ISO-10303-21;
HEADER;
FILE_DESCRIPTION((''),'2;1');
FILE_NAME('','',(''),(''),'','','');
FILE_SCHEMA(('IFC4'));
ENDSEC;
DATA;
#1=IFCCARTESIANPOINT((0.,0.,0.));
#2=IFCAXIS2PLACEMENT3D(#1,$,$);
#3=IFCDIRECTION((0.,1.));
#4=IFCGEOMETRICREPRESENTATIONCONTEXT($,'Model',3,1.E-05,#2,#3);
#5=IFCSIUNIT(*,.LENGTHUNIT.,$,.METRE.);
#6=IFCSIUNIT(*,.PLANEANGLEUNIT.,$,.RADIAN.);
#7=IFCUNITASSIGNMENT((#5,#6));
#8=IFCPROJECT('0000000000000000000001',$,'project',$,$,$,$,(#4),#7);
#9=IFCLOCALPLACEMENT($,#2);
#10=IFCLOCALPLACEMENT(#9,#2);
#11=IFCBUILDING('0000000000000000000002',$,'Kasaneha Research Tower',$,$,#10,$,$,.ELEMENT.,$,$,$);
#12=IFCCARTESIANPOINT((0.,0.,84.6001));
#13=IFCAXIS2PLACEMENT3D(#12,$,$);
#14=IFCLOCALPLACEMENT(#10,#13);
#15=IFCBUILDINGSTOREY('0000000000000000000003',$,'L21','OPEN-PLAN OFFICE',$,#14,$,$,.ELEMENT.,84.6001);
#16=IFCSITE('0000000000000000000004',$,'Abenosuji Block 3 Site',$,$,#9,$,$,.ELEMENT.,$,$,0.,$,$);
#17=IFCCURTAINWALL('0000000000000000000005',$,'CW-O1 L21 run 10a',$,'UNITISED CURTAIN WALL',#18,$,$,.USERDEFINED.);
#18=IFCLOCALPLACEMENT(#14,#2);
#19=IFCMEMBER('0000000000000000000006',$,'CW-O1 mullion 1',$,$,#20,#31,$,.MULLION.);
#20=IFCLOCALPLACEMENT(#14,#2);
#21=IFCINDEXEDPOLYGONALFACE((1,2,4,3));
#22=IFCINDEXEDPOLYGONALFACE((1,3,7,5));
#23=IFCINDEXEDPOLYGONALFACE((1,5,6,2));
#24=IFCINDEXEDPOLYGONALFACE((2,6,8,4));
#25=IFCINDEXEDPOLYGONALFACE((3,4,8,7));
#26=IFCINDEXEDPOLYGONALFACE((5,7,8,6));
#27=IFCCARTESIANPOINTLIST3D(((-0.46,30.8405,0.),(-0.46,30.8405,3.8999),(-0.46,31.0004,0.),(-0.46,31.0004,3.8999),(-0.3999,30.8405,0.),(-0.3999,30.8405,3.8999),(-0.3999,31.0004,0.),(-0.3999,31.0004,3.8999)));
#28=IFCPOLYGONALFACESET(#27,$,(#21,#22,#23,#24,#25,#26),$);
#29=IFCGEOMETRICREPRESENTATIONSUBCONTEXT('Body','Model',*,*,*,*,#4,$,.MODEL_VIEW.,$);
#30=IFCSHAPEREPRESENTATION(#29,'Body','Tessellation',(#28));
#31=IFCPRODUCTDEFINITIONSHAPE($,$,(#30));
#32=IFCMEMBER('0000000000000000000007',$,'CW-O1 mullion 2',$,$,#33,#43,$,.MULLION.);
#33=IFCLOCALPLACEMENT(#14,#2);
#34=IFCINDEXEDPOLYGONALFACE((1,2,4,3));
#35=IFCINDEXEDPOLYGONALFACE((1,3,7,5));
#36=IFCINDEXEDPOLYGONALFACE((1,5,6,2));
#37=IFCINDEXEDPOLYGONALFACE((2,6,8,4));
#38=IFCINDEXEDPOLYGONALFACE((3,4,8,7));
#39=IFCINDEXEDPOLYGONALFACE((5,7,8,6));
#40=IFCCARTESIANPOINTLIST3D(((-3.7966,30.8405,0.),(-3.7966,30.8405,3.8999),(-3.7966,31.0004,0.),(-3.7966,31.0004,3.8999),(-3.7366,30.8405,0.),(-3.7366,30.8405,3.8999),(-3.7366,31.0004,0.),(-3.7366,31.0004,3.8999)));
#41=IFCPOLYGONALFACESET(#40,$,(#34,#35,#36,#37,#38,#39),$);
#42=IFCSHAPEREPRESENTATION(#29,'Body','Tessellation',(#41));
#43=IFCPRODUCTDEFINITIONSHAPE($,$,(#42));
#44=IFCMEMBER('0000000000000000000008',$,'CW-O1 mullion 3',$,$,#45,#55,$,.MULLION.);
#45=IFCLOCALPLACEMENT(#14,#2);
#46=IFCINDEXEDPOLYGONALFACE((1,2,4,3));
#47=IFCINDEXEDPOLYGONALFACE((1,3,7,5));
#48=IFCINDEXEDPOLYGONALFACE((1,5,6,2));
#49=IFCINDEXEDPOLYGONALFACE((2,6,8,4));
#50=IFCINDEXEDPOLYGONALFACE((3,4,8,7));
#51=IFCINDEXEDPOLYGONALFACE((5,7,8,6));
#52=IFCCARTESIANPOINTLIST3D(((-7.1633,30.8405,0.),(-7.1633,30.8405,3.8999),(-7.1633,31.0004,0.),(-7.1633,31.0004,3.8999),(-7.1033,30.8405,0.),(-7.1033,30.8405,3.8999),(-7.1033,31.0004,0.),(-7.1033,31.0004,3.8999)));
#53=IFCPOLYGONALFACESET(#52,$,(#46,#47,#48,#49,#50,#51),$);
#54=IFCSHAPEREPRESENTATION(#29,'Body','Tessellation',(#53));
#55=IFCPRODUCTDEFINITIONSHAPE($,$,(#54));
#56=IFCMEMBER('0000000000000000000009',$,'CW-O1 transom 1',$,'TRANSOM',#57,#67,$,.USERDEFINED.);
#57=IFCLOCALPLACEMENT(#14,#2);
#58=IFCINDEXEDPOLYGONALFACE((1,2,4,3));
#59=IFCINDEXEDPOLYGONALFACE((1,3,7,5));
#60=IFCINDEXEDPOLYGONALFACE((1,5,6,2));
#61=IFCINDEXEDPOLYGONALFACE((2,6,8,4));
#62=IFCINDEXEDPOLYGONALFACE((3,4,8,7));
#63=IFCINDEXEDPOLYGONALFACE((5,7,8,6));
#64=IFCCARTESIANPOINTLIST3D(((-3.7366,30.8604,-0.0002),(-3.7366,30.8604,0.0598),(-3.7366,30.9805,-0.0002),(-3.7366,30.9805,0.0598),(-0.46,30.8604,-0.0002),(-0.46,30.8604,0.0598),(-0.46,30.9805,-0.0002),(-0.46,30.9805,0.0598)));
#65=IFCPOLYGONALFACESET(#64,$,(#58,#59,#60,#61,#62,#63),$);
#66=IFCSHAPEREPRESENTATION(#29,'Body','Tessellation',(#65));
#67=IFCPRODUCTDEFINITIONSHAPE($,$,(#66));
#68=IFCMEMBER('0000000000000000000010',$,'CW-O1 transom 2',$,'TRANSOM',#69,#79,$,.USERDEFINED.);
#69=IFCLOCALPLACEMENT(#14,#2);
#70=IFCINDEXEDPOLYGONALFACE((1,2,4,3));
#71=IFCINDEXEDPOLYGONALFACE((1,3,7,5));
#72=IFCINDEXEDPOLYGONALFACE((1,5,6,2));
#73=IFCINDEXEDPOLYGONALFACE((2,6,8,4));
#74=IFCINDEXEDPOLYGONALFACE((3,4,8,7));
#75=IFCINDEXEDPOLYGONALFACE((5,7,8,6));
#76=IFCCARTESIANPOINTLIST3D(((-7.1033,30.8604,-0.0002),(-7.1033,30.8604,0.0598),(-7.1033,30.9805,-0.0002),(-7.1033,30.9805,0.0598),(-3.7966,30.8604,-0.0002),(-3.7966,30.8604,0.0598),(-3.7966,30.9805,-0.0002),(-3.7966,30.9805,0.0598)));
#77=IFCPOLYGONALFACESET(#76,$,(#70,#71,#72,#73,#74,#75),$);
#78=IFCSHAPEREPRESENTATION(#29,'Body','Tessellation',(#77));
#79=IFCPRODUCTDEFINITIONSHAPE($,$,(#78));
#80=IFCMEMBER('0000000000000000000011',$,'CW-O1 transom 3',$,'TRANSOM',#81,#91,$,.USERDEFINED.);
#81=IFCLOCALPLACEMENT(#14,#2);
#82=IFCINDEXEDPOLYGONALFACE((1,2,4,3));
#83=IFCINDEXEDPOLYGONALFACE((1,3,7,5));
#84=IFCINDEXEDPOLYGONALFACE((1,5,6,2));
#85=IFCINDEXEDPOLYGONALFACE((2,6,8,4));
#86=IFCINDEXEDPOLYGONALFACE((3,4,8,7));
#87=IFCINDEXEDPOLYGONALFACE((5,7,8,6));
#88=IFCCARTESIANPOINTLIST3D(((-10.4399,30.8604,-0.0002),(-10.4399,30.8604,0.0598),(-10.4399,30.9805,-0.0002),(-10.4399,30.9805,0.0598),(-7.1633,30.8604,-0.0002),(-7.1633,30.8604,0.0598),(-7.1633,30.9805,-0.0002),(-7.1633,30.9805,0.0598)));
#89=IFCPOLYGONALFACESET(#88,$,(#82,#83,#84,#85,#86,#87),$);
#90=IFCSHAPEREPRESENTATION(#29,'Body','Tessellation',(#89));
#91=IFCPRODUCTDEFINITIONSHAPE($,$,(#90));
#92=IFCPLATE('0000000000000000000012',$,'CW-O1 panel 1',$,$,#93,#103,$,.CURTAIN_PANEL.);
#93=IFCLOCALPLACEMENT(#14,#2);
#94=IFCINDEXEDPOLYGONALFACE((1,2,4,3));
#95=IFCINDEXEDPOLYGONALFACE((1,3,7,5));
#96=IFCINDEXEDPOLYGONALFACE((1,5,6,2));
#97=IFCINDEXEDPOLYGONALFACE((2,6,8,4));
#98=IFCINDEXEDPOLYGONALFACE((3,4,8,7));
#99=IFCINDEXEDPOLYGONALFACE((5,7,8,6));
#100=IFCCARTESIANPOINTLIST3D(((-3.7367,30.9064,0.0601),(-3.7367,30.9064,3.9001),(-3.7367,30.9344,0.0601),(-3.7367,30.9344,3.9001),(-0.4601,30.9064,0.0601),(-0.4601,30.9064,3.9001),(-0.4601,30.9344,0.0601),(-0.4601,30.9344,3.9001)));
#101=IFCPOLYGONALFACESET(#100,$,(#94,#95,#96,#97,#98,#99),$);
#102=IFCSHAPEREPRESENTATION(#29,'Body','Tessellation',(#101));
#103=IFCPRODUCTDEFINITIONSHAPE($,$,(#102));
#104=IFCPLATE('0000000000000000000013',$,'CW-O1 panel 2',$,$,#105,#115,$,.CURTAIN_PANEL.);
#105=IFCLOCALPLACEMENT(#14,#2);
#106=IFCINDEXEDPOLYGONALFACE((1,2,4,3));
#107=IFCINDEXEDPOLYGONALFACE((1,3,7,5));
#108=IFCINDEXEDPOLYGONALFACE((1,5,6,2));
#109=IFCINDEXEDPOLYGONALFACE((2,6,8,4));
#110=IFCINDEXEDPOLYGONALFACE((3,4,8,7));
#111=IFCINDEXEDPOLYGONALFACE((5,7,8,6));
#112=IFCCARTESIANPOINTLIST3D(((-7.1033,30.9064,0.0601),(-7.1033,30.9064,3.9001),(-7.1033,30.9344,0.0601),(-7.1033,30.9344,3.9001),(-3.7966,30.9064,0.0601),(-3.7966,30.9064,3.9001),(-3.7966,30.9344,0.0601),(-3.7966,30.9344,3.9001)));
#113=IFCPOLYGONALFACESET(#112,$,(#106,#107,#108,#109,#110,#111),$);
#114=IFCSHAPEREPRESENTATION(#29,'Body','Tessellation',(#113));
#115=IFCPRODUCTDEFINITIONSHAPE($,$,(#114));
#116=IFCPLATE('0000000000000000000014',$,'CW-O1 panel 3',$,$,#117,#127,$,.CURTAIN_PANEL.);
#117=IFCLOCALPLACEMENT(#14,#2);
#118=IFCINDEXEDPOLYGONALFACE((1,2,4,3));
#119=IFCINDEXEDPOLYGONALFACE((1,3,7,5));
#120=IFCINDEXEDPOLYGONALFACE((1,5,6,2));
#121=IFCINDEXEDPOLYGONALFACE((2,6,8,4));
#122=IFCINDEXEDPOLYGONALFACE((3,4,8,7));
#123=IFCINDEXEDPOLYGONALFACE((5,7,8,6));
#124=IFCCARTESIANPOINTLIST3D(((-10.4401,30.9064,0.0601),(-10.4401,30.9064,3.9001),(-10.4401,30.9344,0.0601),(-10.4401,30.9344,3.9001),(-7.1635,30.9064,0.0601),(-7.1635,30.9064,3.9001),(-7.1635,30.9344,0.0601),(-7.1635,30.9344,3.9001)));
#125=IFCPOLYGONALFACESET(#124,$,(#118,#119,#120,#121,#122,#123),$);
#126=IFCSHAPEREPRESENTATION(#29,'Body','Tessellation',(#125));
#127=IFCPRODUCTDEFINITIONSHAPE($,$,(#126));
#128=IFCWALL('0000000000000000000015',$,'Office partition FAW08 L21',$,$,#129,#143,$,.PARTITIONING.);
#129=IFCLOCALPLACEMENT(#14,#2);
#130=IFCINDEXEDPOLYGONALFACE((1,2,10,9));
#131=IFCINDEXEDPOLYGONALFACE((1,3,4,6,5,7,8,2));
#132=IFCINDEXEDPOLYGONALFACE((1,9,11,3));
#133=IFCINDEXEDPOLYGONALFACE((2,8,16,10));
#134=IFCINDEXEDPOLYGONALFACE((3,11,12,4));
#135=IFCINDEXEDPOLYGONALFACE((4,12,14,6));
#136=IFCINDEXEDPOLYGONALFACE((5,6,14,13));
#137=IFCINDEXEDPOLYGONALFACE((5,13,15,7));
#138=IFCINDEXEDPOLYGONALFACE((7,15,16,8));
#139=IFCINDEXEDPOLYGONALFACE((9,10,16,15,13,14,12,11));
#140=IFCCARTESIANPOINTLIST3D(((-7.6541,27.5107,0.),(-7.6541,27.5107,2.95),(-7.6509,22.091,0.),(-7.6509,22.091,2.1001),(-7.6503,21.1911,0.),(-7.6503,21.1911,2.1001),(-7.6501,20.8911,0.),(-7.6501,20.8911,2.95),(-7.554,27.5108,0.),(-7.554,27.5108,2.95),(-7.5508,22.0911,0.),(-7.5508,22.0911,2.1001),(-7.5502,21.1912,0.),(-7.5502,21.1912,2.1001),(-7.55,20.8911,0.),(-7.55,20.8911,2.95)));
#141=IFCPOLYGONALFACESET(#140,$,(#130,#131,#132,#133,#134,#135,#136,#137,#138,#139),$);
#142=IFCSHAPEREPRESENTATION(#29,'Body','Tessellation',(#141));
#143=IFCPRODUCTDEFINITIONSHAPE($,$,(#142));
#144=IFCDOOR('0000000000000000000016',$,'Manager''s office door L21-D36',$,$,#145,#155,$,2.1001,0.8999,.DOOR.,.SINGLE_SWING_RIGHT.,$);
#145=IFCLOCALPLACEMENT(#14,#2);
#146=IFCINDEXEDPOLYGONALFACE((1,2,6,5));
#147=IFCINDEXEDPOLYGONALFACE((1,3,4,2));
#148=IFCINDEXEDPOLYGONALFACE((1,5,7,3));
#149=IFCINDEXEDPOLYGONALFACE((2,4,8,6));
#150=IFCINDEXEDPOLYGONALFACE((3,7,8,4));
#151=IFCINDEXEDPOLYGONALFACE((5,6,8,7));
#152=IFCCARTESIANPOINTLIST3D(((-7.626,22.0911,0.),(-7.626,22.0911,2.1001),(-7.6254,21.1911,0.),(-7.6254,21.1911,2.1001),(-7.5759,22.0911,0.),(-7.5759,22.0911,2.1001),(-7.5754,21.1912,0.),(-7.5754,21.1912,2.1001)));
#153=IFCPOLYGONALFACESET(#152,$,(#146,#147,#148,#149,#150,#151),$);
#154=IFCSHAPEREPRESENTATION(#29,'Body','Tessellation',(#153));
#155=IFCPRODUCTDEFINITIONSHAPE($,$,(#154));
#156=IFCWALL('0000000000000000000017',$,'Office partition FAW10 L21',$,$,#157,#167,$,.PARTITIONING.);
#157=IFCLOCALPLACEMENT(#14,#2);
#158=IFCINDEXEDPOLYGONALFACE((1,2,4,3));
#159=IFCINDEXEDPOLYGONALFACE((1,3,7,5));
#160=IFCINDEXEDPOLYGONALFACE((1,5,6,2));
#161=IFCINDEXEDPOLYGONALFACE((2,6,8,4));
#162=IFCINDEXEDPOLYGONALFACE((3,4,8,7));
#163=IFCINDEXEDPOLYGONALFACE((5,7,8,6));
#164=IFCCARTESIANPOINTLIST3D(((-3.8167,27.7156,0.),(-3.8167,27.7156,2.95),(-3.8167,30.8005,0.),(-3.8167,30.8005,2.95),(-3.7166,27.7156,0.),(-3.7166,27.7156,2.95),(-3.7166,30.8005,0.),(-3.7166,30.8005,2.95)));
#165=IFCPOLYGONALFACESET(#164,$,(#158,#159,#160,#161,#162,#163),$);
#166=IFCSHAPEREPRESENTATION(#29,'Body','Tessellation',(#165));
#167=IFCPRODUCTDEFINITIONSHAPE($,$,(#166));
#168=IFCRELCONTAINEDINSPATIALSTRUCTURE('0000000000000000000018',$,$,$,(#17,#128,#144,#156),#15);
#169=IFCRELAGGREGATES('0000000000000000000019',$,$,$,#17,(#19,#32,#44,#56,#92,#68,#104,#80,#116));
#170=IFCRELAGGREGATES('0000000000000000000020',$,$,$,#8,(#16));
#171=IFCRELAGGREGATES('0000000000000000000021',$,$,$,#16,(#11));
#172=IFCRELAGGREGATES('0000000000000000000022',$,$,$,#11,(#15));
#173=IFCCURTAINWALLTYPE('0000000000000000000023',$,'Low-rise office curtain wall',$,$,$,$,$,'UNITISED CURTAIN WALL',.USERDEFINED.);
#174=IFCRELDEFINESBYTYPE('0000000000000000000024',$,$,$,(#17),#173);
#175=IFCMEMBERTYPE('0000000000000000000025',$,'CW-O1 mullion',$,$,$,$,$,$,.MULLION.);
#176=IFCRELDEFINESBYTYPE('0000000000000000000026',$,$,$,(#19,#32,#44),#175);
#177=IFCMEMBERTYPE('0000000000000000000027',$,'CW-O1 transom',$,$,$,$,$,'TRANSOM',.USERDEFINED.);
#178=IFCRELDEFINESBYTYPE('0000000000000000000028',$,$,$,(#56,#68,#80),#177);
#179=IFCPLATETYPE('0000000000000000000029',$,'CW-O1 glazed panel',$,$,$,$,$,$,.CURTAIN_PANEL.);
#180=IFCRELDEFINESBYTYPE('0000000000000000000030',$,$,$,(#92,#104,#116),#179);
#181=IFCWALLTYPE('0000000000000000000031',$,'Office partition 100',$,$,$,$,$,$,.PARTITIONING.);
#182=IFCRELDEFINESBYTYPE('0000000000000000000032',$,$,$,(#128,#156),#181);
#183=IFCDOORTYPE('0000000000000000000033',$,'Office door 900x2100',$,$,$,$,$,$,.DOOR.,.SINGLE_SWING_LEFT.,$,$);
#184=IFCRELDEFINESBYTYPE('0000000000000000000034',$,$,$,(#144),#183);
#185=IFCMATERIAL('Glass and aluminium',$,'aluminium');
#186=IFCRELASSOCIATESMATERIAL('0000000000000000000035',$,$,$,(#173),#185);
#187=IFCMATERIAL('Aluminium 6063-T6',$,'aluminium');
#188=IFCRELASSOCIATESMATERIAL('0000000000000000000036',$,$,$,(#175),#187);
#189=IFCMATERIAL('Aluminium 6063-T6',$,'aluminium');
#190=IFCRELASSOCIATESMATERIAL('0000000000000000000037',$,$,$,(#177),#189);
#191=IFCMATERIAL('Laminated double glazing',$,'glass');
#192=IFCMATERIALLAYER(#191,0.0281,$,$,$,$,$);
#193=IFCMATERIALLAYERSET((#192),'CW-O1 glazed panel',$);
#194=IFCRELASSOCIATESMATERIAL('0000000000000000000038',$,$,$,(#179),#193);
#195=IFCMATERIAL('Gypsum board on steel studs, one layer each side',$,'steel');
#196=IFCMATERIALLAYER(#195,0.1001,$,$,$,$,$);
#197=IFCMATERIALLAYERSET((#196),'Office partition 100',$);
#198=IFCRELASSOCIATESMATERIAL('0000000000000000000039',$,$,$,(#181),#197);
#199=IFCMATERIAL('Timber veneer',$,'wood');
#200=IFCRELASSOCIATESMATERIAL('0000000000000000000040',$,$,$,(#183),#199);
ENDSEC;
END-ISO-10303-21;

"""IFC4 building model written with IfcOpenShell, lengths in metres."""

from ifc_helpers import new_model, si_unit, direction, frame, frame_2d, origin, origin_2d, place, context, subcontext, project, spatial, rectangle, extrude, material, layer, layer_set, material_profile, profile_set, type_object, element, fill, aggregate, save


model = new_model("IFC4")

# Units and contexts
model_context = context("Model", 3, precision=1e-05, world=origin(), true_north=direction((0.0, 1.0)))
body_context = subcontext(model_context, "Body", "Model", "MODEL_VIEW")
ifc_project = project(units=[si_unit("LENGTHUNIT", "METRE"), si_unit("PLANEANGLEUNIT", "RADIAN")], contexts=[model_context])

# Site, building, storey
site_placement = place(None, origin())
site = spatial("IfcSite", under=ifc_project, at=site_placement, Name="Abenosuji Block 3 Site", CompositionType="ELEMENT", RefElevation=0.0)
building_placement = place(site_placement, origin())
building = spatial("IfcBuilding", under=site, at=building_placement, Name="Kasaneha Research Tower", CompositionType="ELEMENT")
storey_placement = place(building_placement, frame((0.0, 0.0, 84.6001)))
storey = spatial("IfcBuildingStorey", under=building, at=storey_placement, Name="L21", Description="OPEN-PLAN OFFICE", CompositionType="ELEMENT", Elevation=84.6001)

# Curtain wall, members, plates
ifc_material_1 = material(Name="Glass and aluminium", Category="aluminium")
curtain_wall_type = type_object("IfcCurtainWallType", Name="Low-rise office curtain wall", ElementType="UNITISED CURTAIN WALL", PredefinedType="USERDEFINED", material=ifc_material_1)
curtain_wall_placement = place(storey_placement, origin())
curtain_wall = element("IfcCurtainWall", 1, at=curtain_wall_placement, inside=storey, type_object=curtain_wall_type, Name="CW-O1 L21 run 10a", ObjectType="UNITISED CURTAIN WALL", PredefinedType="USERDEFINED")
ifc_material_2 = material(Name="Aluminium 6063-T6", Category="aluminium")
ifc_material_profile_1 = material_profile(ifc_material_2, rectangle(XDim=0.0601, YDim=0.1599, at=origin_2d()), Name="CW-O1 mullion 60x160")
ifc_profile_set_1 = profile_set([ifc_material_profile_1], Name="Aluminium 6063-T6")
member_type_1 = type_object("IfcMemberType", Name="CW-O1 mullion", PredefinedType="MULLION", material=ifc_profile_set_1)
member_1_placement = place(storey_placement, frame((-0.4299, 30.9204, 0.0), z_axis=(0.0, 0.0, 1.0), x_axis=(-1.0, 0.0, 0.0)))
member_1 = element("IfcMember", 2, at=member_1_placement, type_object=member_type_1, Name="CW-O1 mullion 1", PredefinedType="MULLION", context=body_context, shape_type="SweptSolid", body=[
    extrude(rectangle(XDim=0.0601, YDim=0.1599, at=origin_2d()), origin(), (0.0, 0.0, 1.0), 3.8999),
])
member_2_placement = place(storey_placement, frame((-3.7666, 30.9204, 0.0), z_axis=(0.0, 0.0, 1.0), x_axis=(-1.0, 0.0, 0.0)))
member_2 = element("IfcMember", 3, at=member_2_placement, type_object=member_type_1, Name="CW-O1 mullion 2", PredefinedType="MULLION", context=body_context, shape_type="SweptSolid", body=[
    extrude(rectangle(XDim=0.0601, YDim=0.1599, at=origin_2d()), origin(), (0.0, 0.0, 1.0), 3.8999),
])
member_3_placement = place(storey_placement, frame((-7.1333, 30.9204, 0.0), z_axis=(0.0, 0.0, 1.0), x_axis=(-1.0, 0.0, 0.0)))
member_3 = element("IfcMember", 4, at=member_3_placement, type_object=member_type_1, Name="CW-O1 mullion 3", PredefinedType="MULLION", context=body_context, shape_type="SweptSolid", body=[
    extrude(rectangle(XDim=0.0601, YDim=0.1599, at=origin_2d()), origin(), (0.0, 0.0, 1.0), 3.8999),
])
ifc_material_3 = material(Name="Aluminium 6063-T6", Category="aluminium")
ifc_material_profile_2 = material_profile(ifc_material_3, rectangle(XDim=0.1201, YDim=0.0601, at=origin_2d()), Name="CW-O1 transom 120x60")
ifc_profile_set_2 = profile_set([ifc_material_profile_2], Name="Aluminium 6063-T6")
member_type_2 = type_object("IfcMemberType", Name="CW-O1 transom", ElementType="TRANSOM", PredefinedType="USERDEFINED", material=ifc_profile_set_2)
member_4_placement = place(storey_placement, frame((-0.46, 30.9204, 0.0298), z_axis=(-1.0, 0.0, 0.0), x_axis=(0.0, -1.0, 0.0)))
member_4 = element("IfcMember", 5, at=member_4_placement, type_object=member_type_2, Name="CW-O1 transom 1", ObjectType="TRANSOM", PredefinedType="USERDEFINED", context=body_context, shape_type="SweptSolid", body=[
    extrude(rectangle(XDim=0.1201, YDim=0.0601, at=origin_2d()), origin(), (0.0, 0.0, 1.0), 3.2766),
])
member_5_placement = place(storey_placement, frame((-3.7966, 30.9204, 0.0298), z_axis=(-1.0, 0.0, 0.0), x_axis=(0.0, -1.0, 0.0)))
member_5 = element("IfcMember", 6, at=member_5_placement, type_object=member_type_2, Name="CW-O1 transom 2", ObjectType="TRANSOM", PredefinedType="USERDEFINED", context=body_context, shape_type="SweptSolid", body=[
    extrude(rectangle(XDim=0.1201, YDim=0.0601, at=origin_2d()), origin(), (0.0, 0.0, 1.0), 3.3066),
])
member_6_placement = place(storey_placement, frame((-7.1633, 30.9204, 0.0298), z_axis=(-1.0, 0.0, 0.0), x_axis=(0.0, -1.0, 0.0)))
member_6 = element("IfcMember", 7, at=member_6_placement, type_object=member_type_2, Name="CW-O1 transom 3", ObjectType="TRANSOM", PredefinedType="USERDEFINED", context=body_context, shape_type="SweptSolid", body=[
    extrude(rectangle(XDim=0.1201, YDim=0.0601, at=origin_2d()), origin(), (0.0, 0.0, 1.0), 3.2766),
])
ifc_material_4 = material(Name="Laminated double glazing", Category="glass")
ifc_layer_1 = layer(ifc_material_4, 0.0281)
ifc_layer_set_1 = layer_set([ifc_layer_1], Name="CW-O1 glazed panel")
plate_type = type_object("IfcPlateType", Name="CW-O1 glazed panel", PredefinedType="CURTAIN_PANEL", material=ifc_layer_set_1)
plate_1_placement = place(storey_placement, frame((-2.0984, 30.9204, 0.0601), z_axis=(0.0, 0.0, 1.0), x_axis=(-1.0, 0.0, 0.0)))
plate_1 = element("IfcPlate", 8, at=plate_1_placement, type_object=plate_type, Name="CW-O1 panel 1", PredefinedType="CURTAIN_PANEL", context=body_context, shape_type="SweptSolid", body=[
    extrude(rectangle(XDim=3.2766, YDim=0.0281, at=origin_2d()), origin(), (0.0, 0.0, 1.0), 3.8401),
])
plate_2_placement = place(storey_placement, frame((-5.45, 30.9204, 0.0601), z_axis=(0.0, 0.0, 1.0), x_axis=(-1.0, 0.0, 0.0)))
plate_2 = element("IfcPlate", 9, at=plate_2_placement, type_object=plate_type, Name="CW-O1 panel 2", PredefinedType="CURTAIN_PANEL", context=body_context, shape_type="SweptSolid", body=[
    extrude(rectangle(XDim=3.3066, YDim=0.0281, at=origin_2d()), origin(), (0.0, 0.0, 1.0), 3.8401),
])
plate_3_placement = place(storey_placement, frame((-8.8018, 30.9204, 0.0601), z_axis=(0.0, 0.0, 1.0), x_axis=(-1.0, 0.0, 0.0)))
plate_3 = element("IfcPlate", 10, at=plate_3_placement, type_object=plate_type, Name="CW-O1 panel 3", PredefinedType="CURTAIN_PANEL", context=body_context, shape_type="SweptSolid", body=[
    extrude(rectangle(XDim=3.2766, YDim=0.0281, at=origin_2d()), origin(), (0.0, 0.0, 1.0), 3.8401),
])
aggregate(curtain_wall, [member_1, member_2, member_3, member_4, plate_1, member_5, plate_2, member_6, plate_3])

# Wall, opening, door
ifc_material_5 = material(Name="Gypsum board on steel studs, one layer each side", Category="steel")
ifc_layer_2 = layer(ifc_material_5, 0.1001)
ifc_layer_set_2 = layer_set([ifc_layer_2], Name="Office partition 100")
wall_type = type_object("IfcWallType", Name="Office partition 100", PredefinedType="PARTITIONING", material=ifc_layer_set_2)
wall_1_placement = place(storey_placement, frame((-7.604, 27.5107, 0.0), z_axis=(0.0, 0.0, 1.0), x_axis=(0.00059, -1.0, 0.0)))
wall_1 = element("IfcWall", 11, at=wall_1_placement, inside=storey, type_object=wall_type, Name="Office partition FAW08 L21", PredefinedType="PARTITIONING", context=body_context, shape_type="SweptSolid", body=[
    extrude(rectangle(XDim=6.6196, YDim=0.1001, at=frame_2d((3.3098, 0.0))), origin(), (0.0, 0.0, 1.0), 2.95),
])
opening_1_placement = place(wall_1_placement, frame((5.4197, 0.0, 0.0)))
opening_1 = element("IfcOpeningElement", 12, at=opening_1_placement, cuts=wall_1, PredefinedType="OPENING", context=body_context, shape_type="SweptSolid", body=[
    extrude(rectangle(XDim=0.8999, YDim=2.1001, at=frame_2d((0.45, 1.05))), frame((0.0, 0.0601, 0.0), z_axis=(0.0, -1.0, 0.0), x_axis=(1.0, 0.0, 0.0)), (0.0, 0.0, 1.0), 0.1201),
])
ifc_material_6 = material(Name="Timber veneer", Category="wood")
door_type = type_object("IfcDoorType", Name="Office door 900x2100", OperationType="SINGLE_SWING_LEFT", PredefinedType="DOOR", material=ifc_material_6)
door_1_placement = place(opening_1_placement, origin())
door_1 = element("IfcDoor", 13, at=door_1_placement, inside=storey, type_object=door_type, Name="Manager's office door L21-D36", OperationType="SINGLE_SWING_RIGHT", OverallHeight=2.1001, OverallWidth=0.8999, PredefinedType="DOOR", context=body_context, shape_type="SweptSolid", body=[
    extrude(rectangle(XDim=0.8999, YDim=2.1001, at=frame_2d((0.45, 1.05))), frame((0.0, 0.0249, 0.0), z_axis=(0.0, -1.0, 0.0), x_axis=(1.0, 0.0, 0.0)), (0.0, 0.0, 1.0), 0.05),
])
fill(opening_1, door_1)

# Wall
wall_2_placement = place(storey_placement, frame((-3.7666, 27.7156, 0.0), z_axis=(0.0, 0.0, 1.0), x_axis=(0.0, 1.0, 0.0)))
element("IfcWall", 14, at=wall_2_placement, inside=storey, type_object=wall_type, Name="Office partition FAW10 L21", PredefinedType="PARTITIONING", context=body_context, shape_type="SweptSolid", body=[
    extrude(rectangle(XDim=3.085, YDim=0.1001, at=frame_2d((1.5425, 0.0))), origin(), (0.0, 0.0, 1.0), 2.95),
])

save(model, "model.ifc")
